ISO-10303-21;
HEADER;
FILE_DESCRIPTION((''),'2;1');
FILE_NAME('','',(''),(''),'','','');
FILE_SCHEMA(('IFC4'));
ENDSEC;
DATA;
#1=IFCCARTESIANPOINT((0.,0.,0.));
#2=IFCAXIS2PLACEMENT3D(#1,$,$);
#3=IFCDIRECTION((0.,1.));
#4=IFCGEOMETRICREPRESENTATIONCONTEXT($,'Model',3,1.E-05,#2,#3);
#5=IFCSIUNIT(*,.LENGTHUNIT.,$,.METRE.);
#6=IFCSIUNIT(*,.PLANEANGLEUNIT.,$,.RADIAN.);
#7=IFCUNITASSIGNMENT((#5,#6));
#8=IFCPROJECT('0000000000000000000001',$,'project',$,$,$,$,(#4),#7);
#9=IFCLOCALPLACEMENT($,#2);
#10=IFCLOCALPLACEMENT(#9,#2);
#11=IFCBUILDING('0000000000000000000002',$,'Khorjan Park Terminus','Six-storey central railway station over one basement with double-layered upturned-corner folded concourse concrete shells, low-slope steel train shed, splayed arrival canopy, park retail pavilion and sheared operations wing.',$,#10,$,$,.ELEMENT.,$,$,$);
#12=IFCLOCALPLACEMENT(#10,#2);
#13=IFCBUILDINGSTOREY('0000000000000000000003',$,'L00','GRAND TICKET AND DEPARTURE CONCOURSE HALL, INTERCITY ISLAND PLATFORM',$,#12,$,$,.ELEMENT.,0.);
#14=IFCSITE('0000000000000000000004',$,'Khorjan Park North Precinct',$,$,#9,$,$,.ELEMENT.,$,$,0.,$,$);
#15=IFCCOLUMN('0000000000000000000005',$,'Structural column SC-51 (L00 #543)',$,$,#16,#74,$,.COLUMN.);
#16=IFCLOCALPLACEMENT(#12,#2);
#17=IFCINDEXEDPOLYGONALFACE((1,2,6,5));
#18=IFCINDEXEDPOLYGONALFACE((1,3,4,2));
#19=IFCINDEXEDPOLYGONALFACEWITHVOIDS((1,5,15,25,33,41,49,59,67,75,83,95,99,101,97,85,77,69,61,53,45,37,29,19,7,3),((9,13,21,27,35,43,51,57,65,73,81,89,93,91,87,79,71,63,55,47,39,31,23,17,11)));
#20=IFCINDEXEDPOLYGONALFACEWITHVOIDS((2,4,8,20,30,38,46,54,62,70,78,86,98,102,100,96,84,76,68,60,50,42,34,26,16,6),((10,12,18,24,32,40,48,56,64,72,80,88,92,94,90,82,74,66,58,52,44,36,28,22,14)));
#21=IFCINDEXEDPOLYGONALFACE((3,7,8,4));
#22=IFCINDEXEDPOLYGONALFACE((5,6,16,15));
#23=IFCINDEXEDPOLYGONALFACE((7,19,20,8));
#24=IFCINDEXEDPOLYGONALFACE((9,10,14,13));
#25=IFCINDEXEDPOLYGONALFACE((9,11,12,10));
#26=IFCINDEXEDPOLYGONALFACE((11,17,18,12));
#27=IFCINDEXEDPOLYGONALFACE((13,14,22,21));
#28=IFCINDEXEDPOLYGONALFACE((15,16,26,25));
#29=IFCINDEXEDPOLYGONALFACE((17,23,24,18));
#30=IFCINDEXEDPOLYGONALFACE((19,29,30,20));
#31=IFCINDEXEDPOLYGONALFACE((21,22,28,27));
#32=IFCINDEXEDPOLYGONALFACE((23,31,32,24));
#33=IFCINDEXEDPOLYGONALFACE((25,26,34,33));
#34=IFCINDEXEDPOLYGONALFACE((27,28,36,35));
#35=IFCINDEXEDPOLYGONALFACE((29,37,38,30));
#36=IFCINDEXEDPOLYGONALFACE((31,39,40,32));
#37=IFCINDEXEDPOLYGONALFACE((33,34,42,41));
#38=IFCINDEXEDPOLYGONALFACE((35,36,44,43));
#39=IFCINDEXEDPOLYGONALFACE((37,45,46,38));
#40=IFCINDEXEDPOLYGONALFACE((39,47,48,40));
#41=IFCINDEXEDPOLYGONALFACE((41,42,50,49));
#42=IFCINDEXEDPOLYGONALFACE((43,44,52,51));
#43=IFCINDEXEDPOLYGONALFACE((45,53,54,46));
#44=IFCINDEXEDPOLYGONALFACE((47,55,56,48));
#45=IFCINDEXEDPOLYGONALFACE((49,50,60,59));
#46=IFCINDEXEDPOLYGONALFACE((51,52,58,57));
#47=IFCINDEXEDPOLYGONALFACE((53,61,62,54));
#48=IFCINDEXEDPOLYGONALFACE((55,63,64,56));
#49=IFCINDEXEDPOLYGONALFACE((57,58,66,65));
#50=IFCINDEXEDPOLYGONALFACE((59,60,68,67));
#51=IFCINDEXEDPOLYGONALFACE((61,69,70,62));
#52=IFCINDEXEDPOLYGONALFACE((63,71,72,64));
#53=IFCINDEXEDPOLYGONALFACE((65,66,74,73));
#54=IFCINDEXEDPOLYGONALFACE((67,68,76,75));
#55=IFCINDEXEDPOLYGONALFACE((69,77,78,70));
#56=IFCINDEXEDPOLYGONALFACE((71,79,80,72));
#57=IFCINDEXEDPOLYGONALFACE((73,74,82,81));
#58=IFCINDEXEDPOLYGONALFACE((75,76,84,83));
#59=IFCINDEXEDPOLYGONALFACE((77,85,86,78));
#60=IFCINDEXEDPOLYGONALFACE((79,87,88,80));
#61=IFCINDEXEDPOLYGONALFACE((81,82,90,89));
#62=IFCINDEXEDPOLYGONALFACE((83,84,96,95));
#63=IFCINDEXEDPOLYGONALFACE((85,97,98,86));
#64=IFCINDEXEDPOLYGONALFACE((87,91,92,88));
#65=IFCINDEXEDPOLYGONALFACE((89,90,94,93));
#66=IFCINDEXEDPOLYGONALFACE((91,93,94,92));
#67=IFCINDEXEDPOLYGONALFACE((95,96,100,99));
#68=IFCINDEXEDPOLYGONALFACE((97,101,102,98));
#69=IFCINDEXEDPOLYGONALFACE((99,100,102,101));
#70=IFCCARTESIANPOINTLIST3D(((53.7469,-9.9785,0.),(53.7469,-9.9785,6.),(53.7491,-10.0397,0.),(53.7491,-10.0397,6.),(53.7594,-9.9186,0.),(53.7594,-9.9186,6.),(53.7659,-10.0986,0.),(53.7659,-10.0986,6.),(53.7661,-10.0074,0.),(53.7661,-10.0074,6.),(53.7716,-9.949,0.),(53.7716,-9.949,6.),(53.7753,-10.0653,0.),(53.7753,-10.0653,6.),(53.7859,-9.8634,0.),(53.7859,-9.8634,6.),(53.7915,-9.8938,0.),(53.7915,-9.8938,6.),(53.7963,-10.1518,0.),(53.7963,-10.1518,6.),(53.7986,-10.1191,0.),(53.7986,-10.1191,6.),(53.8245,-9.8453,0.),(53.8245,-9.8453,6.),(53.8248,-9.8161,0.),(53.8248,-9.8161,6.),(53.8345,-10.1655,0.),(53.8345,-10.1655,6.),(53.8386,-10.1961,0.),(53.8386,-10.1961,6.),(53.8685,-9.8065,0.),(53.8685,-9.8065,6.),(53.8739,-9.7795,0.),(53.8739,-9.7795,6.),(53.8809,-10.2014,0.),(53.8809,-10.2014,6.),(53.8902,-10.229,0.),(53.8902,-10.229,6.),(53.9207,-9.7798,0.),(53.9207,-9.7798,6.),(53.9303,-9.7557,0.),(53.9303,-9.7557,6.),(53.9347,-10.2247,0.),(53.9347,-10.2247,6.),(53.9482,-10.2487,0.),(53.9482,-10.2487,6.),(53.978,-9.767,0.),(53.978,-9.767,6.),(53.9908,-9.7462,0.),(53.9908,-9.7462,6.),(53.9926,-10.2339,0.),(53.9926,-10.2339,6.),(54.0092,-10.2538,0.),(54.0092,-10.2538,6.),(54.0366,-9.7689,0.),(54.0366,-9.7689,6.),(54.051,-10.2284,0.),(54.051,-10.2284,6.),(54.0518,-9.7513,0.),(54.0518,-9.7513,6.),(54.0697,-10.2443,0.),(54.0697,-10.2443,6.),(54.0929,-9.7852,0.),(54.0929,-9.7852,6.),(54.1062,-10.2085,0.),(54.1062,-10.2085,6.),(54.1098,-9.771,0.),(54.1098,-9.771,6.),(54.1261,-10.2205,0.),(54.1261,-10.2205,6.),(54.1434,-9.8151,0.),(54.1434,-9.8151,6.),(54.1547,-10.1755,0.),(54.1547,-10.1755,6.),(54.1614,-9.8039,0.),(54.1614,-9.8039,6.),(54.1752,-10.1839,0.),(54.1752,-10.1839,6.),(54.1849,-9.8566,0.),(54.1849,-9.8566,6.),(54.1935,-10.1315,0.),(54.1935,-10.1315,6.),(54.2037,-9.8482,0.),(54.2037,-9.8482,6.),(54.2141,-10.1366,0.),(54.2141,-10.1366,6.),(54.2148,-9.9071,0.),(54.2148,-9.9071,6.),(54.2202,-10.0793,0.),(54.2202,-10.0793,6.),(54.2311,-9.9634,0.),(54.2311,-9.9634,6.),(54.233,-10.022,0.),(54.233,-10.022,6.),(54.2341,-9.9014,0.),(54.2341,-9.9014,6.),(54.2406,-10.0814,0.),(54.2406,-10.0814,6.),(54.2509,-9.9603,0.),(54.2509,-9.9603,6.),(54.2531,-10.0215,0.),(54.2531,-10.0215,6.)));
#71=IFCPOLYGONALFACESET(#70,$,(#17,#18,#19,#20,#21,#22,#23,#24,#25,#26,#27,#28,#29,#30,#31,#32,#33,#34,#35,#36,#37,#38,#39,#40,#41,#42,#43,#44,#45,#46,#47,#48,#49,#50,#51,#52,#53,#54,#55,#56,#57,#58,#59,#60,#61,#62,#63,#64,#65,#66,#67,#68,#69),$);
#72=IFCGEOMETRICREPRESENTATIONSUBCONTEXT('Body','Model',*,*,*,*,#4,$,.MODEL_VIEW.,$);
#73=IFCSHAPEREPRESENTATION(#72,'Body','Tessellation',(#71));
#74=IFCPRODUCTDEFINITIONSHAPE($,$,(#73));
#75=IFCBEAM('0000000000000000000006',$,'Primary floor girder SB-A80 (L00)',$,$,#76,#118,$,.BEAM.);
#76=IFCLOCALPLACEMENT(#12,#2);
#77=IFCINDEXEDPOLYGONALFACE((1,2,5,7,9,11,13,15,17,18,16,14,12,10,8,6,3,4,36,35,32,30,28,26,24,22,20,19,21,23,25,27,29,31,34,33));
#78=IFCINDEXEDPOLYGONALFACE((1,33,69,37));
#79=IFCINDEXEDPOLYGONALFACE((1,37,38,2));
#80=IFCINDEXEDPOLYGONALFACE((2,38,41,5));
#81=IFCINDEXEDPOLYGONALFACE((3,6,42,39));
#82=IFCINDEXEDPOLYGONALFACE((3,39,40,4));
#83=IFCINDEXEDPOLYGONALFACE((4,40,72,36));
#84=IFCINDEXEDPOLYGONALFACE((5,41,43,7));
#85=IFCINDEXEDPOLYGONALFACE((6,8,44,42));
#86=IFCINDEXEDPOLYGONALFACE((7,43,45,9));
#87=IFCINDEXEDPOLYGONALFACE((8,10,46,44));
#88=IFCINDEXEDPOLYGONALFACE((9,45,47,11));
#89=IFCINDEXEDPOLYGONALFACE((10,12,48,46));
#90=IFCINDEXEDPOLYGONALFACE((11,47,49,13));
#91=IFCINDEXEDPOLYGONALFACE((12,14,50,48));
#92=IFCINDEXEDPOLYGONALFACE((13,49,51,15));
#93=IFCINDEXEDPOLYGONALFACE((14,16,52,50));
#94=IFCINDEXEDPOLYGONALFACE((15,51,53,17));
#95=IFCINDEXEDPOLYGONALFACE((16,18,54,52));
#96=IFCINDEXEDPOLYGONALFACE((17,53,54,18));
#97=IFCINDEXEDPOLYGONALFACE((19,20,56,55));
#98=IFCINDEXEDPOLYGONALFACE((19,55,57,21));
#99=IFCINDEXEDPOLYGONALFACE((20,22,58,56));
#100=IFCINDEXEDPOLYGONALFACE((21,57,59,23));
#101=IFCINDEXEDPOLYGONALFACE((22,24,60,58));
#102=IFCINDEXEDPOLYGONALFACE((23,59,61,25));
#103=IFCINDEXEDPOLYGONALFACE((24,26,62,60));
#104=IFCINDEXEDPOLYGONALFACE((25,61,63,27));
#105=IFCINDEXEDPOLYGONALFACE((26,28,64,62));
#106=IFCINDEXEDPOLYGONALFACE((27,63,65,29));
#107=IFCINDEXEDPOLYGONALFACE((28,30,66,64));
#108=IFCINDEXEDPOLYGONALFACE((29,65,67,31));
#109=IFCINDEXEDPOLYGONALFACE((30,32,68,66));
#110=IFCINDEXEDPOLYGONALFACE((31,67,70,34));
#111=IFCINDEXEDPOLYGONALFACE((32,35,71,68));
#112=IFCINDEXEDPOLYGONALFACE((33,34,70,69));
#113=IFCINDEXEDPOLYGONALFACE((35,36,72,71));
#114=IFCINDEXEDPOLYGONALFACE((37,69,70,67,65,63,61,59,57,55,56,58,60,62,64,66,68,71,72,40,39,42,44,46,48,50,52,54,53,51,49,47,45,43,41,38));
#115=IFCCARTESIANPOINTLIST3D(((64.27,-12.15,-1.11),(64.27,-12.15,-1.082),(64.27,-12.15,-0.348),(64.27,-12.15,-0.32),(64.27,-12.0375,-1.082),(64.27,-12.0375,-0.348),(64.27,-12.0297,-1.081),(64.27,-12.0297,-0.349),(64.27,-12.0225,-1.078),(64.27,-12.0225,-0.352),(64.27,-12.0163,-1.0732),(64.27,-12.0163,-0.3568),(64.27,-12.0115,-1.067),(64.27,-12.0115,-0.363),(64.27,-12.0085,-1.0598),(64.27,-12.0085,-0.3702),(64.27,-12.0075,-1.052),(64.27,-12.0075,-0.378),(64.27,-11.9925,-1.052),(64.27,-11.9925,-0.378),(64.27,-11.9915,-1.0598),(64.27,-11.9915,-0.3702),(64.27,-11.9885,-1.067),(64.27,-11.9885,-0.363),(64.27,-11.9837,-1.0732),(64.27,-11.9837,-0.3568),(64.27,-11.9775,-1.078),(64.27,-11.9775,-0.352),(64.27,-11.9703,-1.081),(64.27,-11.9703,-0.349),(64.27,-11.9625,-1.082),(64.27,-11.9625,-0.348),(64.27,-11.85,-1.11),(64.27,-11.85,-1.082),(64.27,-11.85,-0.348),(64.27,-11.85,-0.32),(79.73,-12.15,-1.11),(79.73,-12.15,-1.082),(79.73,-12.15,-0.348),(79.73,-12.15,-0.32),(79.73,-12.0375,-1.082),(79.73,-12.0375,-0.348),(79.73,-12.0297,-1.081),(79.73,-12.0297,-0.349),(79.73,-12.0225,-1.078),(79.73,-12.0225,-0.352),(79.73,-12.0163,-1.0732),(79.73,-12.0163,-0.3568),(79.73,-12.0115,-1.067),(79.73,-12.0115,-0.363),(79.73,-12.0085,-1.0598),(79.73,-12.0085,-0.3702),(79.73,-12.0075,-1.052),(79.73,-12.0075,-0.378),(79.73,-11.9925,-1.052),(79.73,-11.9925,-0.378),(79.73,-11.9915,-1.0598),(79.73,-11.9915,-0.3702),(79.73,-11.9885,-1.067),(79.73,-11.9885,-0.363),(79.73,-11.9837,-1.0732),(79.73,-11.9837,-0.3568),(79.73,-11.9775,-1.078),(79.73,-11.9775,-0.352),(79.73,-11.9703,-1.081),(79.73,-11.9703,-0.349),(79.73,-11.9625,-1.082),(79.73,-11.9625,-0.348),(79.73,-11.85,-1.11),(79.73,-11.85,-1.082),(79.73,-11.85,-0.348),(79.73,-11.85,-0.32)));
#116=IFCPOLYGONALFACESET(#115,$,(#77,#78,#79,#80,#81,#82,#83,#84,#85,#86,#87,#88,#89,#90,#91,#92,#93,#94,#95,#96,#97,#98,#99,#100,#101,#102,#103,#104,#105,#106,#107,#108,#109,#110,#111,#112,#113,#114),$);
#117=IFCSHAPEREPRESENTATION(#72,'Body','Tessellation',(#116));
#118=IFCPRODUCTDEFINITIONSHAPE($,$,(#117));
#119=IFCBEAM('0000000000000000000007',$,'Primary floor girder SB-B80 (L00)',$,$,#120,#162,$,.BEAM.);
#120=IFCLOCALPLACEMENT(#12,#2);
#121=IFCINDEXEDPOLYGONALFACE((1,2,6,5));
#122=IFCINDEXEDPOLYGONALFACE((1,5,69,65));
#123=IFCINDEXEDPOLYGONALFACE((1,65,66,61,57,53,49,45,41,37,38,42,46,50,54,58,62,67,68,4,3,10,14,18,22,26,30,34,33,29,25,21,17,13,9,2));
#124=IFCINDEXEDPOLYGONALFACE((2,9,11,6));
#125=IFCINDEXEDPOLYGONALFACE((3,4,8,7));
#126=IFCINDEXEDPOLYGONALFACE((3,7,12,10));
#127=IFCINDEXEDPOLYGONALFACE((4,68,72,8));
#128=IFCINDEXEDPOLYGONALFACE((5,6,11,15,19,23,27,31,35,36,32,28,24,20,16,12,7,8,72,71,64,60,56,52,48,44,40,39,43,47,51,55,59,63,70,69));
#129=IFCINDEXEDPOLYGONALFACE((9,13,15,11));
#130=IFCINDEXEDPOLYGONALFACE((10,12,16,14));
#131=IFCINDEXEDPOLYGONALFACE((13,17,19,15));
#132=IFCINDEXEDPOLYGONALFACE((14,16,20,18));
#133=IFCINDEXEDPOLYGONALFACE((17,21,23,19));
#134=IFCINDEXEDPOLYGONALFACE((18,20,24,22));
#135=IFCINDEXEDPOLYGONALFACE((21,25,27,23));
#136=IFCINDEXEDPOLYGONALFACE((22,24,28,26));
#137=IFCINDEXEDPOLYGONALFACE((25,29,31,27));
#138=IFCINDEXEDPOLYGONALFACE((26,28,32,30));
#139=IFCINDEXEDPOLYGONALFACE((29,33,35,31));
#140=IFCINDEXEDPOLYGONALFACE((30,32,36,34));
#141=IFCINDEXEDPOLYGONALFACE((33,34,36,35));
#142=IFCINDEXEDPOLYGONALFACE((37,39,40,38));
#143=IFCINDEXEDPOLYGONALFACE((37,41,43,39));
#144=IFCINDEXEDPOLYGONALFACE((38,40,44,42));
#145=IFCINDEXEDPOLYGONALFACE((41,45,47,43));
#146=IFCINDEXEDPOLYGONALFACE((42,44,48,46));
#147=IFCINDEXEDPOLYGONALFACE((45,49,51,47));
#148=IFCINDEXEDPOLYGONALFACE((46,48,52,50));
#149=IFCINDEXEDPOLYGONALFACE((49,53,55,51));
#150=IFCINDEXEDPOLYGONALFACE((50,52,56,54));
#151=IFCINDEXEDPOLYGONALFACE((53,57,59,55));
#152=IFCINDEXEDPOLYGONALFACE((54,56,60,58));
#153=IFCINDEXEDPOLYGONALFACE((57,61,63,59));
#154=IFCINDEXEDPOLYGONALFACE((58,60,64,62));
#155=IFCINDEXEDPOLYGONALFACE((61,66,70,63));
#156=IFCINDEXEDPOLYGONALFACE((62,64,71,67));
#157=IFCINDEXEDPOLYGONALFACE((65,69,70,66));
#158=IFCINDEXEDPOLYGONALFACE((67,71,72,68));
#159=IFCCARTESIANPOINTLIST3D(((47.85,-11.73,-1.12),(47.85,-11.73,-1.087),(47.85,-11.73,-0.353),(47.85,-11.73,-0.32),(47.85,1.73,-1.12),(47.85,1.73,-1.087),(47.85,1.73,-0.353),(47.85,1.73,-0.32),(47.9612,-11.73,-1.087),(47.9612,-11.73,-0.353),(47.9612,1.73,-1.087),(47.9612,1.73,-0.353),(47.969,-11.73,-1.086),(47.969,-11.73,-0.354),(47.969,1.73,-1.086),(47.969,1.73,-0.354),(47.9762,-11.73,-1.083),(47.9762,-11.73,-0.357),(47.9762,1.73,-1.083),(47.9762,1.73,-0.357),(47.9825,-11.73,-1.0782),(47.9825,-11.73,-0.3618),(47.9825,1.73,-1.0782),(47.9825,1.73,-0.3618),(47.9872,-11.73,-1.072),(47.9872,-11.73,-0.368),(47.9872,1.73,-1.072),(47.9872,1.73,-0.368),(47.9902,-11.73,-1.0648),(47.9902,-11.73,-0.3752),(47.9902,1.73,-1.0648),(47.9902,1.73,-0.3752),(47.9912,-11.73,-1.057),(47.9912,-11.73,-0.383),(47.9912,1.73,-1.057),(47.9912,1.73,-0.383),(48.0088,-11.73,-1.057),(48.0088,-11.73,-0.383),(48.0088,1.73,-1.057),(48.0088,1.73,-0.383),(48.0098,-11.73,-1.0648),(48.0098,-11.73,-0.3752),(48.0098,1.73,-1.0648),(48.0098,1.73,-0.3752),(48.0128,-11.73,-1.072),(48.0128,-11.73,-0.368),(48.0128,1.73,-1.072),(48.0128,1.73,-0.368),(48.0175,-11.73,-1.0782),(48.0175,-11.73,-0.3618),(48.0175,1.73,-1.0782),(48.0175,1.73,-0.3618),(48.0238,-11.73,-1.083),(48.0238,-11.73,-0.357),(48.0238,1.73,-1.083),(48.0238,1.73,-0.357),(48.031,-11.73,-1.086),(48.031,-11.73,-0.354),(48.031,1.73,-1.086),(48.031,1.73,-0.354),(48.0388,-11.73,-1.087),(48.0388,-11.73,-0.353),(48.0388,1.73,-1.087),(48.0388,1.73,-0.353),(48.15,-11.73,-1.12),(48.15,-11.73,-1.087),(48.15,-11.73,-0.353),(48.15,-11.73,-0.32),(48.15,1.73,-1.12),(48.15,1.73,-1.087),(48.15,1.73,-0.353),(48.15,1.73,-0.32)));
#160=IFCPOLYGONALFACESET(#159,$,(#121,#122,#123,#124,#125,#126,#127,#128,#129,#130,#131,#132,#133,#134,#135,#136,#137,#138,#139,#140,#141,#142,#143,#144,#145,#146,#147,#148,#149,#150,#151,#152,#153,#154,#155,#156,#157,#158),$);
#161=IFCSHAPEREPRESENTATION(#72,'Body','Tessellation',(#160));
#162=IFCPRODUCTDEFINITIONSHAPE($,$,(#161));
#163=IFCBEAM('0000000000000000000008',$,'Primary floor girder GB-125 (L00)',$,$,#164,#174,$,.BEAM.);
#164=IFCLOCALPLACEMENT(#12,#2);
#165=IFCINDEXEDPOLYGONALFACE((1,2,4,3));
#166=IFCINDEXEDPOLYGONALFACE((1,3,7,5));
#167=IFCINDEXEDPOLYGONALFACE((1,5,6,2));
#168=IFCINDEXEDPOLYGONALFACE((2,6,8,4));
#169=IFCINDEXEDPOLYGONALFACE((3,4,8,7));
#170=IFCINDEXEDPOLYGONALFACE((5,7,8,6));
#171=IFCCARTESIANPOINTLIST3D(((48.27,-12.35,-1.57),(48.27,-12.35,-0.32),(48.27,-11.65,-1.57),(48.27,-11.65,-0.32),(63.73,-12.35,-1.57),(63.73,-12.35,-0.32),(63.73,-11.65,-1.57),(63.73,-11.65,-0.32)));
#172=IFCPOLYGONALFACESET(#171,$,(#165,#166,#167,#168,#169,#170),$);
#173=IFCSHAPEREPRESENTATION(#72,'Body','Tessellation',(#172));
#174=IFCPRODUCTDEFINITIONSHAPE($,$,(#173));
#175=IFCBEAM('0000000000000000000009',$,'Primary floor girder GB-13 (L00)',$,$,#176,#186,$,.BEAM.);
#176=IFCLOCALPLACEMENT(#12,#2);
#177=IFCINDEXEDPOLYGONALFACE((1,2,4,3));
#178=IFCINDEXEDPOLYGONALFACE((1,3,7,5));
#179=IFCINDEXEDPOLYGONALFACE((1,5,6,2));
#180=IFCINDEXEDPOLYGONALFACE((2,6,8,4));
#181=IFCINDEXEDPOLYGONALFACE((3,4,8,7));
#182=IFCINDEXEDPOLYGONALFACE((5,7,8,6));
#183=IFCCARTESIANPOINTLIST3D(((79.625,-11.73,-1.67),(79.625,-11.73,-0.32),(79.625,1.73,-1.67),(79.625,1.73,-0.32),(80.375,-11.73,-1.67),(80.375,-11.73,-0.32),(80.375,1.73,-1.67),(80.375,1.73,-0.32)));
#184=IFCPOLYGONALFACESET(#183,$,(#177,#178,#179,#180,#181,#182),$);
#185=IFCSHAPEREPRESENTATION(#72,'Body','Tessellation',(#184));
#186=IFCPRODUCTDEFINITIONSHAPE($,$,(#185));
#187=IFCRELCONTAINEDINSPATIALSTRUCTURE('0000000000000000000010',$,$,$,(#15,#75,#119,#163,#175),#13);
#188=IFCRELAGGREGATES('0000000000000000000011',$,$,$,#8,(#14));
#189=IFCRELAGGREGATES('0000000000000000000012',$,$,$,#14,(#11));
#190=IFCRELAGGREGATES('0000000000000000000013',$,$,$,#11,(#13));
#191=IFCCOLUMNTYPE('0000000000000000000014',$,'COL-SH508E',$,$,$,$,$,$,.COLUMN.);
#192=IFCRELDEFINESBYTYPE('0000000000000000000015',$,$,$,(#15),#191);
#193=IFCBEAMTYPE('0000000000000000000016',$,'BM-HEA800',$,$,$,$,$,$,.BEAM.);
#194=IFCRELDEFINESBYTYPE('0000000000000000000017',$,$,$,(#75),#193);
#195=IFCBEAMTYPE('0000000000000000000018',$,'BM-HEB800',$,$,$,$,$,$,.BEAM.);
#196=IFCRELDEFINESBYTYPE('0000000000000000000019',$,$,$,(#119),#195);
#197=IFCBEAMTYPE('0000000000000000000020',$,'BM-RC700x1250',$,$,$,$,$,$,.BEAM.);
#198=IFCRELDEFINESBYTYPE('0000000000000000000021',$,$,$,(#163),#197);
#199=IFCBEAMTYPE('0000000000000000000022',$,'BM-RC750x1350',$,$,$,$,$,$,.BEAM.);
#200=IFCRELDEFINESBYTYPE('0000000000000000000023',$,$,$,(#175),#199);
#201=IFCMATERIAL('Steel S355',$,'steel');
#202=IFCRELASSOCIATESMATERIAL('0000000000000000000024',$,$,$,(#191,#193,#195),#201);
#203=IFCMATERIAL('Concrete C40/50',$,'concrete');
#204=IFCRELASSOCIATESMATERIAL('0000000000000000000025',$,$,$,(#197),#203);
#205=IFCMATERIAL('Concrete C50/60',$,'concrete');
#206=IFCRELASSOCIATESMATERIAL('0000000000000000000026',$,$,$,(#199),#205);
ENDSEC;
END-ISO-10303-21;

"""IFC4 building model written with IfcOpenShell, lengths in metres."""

from ifc_helpers import new_model, si_unit, direction, frame, origin, origin_2d, place, context, subcontext, project, spatial, rectangle, hollow_circle, i_section, extrude, material, material_profile, profile_set, type_object, element, save


model = new_model("IFC4")

# Units and contexts
model_context = context("Model", 3, precision=1e-05, world=origin(), true_north=direction((0.0, 1.0)))
body_context = subcontext(model_context, "Body", "Model", "MODEL_VIEW")
ifc_project = project(units=[si_unit("LENGTHUNIT", "METRE"), si_unit("PLANEANGLEUNIT", "RADIAN")], contexts=[model_context])

# Site, building, storey
site_placement = place(None, origin())
site = spatial("IfcSite", under=ifc_project, at=site_placement, Name="Khorjan Park North Precinct", CompositionType="ELEMENT", RefElevation=0.0)
building_placement = place(site_placement, origin())
building = spatial("IfcBuilding", under=site, at=building_placement, Name="Khorjan Park Terminus", Description="Six-storey central railway station over one basement with double-layered upturned-corner folded concourse concrete shells, low-slope steel train shed, splayed arrival canopy, park retail pavilion and sheared operations wing.", CompositionType="ELEMENT")
storey_placement = place(building_placement, origin())
storey = spatial("IfcBuildingStorey", under=building, at=storey_placement, Name="L00", Description="GRAND TICKET AND DEPARTURE CONCOURSE HALL, INTERCITY ISLAND PLATFORM", CompositionType="ELEMENT", Elevation=0.0)

# Column
ifc_material_1 = material(Name="Steel S355", Category="steel")
ifc_material_profile_1 = material_profile(ifc_material_1, hollow_circle(Radius=0.254, WallThickness=0.02, at=origin_2d()), Name="CHS 508x20")
ifc_profile_set_1 = profile_set([ifc_material_profile_1], Name="Steel S355")
column_type = type_object("IfcColumnType", Name="COL-SH508E", PredefinedType="COLUMN", material=ifc_profile_set_1)
column_placement = place(storey_placement, frame((54.0, -10.0, 0.0), z_axis=(0.0, 0.0, 1.0), x_axis=(0.987688, 0.156434, 0.0)))
element("IfcColumn", 1, at=column_placement, inside=storey, type_object=column_type, Name="Structural column SC-51 (L00 #543)", PredefinedType="COLUMN", context=body_context, shape_type="SweptSolid", body=[
    extrude(hollow_circle(Radius=0.254, WallThickness=0.02, at=origin_2d()), origin(), (0.0, 0.0, 1.0), 6.0),
])

# Beams
ifc_material_profile_2 = material_profile(ifc_material_1, i_section(OverallWidth=0.3, OverallDepth=0.79, WebThickness=0.015, FlangeThickness=0.028, FilletRadius=0.03, at=origin_2d()), Name="HEA 800")
ifc_profile_set_2 = profile_set([ifc_material_profile_2], Name="Steel S355")
beam_type_1 = type_object("IfcBeamType", Name="BM-HEA800", PredefinedType="BEAM", material=ifc_profile_set_2)
beam_1_placement = place(storey_placement, frame((64.27, -12.0, -0.715), z_axis=(1.0, 0.0, 0.0), x_axis=(0.0, 1.0, 0.0)))
element("IfcBeam", 2, at=beam_1_placement, inside=storey, type_object=beam_type_1, Name="Primary floor girder SB-A80 (L00)", PredefinedType="BEAM", context=body_context, shape_type="SweptSolid", body=[
    extrude(i_section(OverallWidth=0.3, OverallDepth=0.79, WebThickness=0.015, FlangeThickness=0.028, FilletRadius=0.03, at=origin_2d()), origin(), (0.0, 0.0, 1.0), 15.46),
])
ifc_material_profile_3 = material_profile(ifc_material_1, i_section(OverallWidth=0.3, OverallDepth=0.8, WebThickness=0.0175, FlangeThickness=0.033, FilletRadius=0.03, at=origin_2d()), Name="HEB 800")
ifc_profile_set_3 = profile_set([ifc_material_profile_3], Name="Steel S355")
beam_type_2 = type_object("IfcBeamType", Name="BM-HEB800", PredefinedType="BEAM", material=ifc_profile_set_3)
beam_2_placement = place(storey_placement, frame((48.0, -11.73, -0.72), z_axis=(0.0, 1.0, 0.0), x_axis=(-1.0, 0.0, 0.0)))
element("IfcBeam", 3, at=beam_2_placement, inside=storey, type_object=beam_type_2, Name="Primary floor girder SB-B80 (L00)", PredefinedType="BEAM", context=body_context, shape_type="SweptSolid", body=[
    extrude(i_section(OverallWidth=0.3, OverallDepth=0.8, WebThickness=0.0175, FlangeThickness=0.033, FilletRadius=0.03, at=origin_2d()), origin(), (0.0, 0.0, 1.0), 13.46),
])
ifc_material_2 = material(Name="Concrete C40/50", Category="concrete")
ifc_material_profile_4 = material_profile(ifc_material_2, rectangle(XDim=0.7, YDim=1.25, at=origin_2d()), Name="RC 700x1250")
ifc_profile_set_4 = profile_set([ifc_material_profile_4], Name="Concrete C40/50")
beam_type_3 = type_object("IfcBeamType", Name="BM-RC700x1250", PredefinedType="BEAM", material=ifc_profile_set_4)
beam_3_placement = place(storey_placement, frame((48.27, -12.0, -0.945), z_axis=(1.0, 0.0, 0.0), x_axis=(0.0, 1.0, 0.0)))
element("IfcBeam", 4, at=beam_3_placement, inside=storey, type_object=beam_type_3, Name="Primary floor girder GB-125 (L00)", PredefinedType="BEAM", context=body_context, shape_type="SweptSolid", body=[
    extrude(rectangle(XDim=0.7, YDim=1.25, at=origin_2d()), origin(), (0.0, 0.0, 1.0), 15.46),
])
ifc_material_3 = material(Name="Concrete C50/60", Category="concrete")
ifc_material_profile_5 = material_profile(ifc_material_3, rectangle(XDim=0.75, YDim=1.35, at=origin_2d()), Name="RC 750x1350")
ifc_profile_set_5 = profile_set([ifc_material_profile_5], Name="Concrete C50/60")
beam_type_4 = type_object("IfcBeamType", Name="BM-RC750x1350", PredefinedType="BEAM", material=ifc_profile_set_5)
beam_4_placement = place(storey_placement, frame((80.0, -11.73, -0.995), z_axis=(0.0, 1.0, 0.0), x_axis=(-1.0, 0.0, 0.0)))
element("IfcBeam", 5, at=beam_4_placement, inside=storey, type_object=beam_type_4, Name="Primary floor girder GB-13 (L00)", PredefinedType="BEAM", context=body_context, shape_type="SweptSolid", body=[
    extrude(rectangle(XDim=0.75, YDim=1.35, at=origin_2d()), origin(), (0.0, 0.0, 1.0), 13.46),
])

save(model, "model.ifc")
